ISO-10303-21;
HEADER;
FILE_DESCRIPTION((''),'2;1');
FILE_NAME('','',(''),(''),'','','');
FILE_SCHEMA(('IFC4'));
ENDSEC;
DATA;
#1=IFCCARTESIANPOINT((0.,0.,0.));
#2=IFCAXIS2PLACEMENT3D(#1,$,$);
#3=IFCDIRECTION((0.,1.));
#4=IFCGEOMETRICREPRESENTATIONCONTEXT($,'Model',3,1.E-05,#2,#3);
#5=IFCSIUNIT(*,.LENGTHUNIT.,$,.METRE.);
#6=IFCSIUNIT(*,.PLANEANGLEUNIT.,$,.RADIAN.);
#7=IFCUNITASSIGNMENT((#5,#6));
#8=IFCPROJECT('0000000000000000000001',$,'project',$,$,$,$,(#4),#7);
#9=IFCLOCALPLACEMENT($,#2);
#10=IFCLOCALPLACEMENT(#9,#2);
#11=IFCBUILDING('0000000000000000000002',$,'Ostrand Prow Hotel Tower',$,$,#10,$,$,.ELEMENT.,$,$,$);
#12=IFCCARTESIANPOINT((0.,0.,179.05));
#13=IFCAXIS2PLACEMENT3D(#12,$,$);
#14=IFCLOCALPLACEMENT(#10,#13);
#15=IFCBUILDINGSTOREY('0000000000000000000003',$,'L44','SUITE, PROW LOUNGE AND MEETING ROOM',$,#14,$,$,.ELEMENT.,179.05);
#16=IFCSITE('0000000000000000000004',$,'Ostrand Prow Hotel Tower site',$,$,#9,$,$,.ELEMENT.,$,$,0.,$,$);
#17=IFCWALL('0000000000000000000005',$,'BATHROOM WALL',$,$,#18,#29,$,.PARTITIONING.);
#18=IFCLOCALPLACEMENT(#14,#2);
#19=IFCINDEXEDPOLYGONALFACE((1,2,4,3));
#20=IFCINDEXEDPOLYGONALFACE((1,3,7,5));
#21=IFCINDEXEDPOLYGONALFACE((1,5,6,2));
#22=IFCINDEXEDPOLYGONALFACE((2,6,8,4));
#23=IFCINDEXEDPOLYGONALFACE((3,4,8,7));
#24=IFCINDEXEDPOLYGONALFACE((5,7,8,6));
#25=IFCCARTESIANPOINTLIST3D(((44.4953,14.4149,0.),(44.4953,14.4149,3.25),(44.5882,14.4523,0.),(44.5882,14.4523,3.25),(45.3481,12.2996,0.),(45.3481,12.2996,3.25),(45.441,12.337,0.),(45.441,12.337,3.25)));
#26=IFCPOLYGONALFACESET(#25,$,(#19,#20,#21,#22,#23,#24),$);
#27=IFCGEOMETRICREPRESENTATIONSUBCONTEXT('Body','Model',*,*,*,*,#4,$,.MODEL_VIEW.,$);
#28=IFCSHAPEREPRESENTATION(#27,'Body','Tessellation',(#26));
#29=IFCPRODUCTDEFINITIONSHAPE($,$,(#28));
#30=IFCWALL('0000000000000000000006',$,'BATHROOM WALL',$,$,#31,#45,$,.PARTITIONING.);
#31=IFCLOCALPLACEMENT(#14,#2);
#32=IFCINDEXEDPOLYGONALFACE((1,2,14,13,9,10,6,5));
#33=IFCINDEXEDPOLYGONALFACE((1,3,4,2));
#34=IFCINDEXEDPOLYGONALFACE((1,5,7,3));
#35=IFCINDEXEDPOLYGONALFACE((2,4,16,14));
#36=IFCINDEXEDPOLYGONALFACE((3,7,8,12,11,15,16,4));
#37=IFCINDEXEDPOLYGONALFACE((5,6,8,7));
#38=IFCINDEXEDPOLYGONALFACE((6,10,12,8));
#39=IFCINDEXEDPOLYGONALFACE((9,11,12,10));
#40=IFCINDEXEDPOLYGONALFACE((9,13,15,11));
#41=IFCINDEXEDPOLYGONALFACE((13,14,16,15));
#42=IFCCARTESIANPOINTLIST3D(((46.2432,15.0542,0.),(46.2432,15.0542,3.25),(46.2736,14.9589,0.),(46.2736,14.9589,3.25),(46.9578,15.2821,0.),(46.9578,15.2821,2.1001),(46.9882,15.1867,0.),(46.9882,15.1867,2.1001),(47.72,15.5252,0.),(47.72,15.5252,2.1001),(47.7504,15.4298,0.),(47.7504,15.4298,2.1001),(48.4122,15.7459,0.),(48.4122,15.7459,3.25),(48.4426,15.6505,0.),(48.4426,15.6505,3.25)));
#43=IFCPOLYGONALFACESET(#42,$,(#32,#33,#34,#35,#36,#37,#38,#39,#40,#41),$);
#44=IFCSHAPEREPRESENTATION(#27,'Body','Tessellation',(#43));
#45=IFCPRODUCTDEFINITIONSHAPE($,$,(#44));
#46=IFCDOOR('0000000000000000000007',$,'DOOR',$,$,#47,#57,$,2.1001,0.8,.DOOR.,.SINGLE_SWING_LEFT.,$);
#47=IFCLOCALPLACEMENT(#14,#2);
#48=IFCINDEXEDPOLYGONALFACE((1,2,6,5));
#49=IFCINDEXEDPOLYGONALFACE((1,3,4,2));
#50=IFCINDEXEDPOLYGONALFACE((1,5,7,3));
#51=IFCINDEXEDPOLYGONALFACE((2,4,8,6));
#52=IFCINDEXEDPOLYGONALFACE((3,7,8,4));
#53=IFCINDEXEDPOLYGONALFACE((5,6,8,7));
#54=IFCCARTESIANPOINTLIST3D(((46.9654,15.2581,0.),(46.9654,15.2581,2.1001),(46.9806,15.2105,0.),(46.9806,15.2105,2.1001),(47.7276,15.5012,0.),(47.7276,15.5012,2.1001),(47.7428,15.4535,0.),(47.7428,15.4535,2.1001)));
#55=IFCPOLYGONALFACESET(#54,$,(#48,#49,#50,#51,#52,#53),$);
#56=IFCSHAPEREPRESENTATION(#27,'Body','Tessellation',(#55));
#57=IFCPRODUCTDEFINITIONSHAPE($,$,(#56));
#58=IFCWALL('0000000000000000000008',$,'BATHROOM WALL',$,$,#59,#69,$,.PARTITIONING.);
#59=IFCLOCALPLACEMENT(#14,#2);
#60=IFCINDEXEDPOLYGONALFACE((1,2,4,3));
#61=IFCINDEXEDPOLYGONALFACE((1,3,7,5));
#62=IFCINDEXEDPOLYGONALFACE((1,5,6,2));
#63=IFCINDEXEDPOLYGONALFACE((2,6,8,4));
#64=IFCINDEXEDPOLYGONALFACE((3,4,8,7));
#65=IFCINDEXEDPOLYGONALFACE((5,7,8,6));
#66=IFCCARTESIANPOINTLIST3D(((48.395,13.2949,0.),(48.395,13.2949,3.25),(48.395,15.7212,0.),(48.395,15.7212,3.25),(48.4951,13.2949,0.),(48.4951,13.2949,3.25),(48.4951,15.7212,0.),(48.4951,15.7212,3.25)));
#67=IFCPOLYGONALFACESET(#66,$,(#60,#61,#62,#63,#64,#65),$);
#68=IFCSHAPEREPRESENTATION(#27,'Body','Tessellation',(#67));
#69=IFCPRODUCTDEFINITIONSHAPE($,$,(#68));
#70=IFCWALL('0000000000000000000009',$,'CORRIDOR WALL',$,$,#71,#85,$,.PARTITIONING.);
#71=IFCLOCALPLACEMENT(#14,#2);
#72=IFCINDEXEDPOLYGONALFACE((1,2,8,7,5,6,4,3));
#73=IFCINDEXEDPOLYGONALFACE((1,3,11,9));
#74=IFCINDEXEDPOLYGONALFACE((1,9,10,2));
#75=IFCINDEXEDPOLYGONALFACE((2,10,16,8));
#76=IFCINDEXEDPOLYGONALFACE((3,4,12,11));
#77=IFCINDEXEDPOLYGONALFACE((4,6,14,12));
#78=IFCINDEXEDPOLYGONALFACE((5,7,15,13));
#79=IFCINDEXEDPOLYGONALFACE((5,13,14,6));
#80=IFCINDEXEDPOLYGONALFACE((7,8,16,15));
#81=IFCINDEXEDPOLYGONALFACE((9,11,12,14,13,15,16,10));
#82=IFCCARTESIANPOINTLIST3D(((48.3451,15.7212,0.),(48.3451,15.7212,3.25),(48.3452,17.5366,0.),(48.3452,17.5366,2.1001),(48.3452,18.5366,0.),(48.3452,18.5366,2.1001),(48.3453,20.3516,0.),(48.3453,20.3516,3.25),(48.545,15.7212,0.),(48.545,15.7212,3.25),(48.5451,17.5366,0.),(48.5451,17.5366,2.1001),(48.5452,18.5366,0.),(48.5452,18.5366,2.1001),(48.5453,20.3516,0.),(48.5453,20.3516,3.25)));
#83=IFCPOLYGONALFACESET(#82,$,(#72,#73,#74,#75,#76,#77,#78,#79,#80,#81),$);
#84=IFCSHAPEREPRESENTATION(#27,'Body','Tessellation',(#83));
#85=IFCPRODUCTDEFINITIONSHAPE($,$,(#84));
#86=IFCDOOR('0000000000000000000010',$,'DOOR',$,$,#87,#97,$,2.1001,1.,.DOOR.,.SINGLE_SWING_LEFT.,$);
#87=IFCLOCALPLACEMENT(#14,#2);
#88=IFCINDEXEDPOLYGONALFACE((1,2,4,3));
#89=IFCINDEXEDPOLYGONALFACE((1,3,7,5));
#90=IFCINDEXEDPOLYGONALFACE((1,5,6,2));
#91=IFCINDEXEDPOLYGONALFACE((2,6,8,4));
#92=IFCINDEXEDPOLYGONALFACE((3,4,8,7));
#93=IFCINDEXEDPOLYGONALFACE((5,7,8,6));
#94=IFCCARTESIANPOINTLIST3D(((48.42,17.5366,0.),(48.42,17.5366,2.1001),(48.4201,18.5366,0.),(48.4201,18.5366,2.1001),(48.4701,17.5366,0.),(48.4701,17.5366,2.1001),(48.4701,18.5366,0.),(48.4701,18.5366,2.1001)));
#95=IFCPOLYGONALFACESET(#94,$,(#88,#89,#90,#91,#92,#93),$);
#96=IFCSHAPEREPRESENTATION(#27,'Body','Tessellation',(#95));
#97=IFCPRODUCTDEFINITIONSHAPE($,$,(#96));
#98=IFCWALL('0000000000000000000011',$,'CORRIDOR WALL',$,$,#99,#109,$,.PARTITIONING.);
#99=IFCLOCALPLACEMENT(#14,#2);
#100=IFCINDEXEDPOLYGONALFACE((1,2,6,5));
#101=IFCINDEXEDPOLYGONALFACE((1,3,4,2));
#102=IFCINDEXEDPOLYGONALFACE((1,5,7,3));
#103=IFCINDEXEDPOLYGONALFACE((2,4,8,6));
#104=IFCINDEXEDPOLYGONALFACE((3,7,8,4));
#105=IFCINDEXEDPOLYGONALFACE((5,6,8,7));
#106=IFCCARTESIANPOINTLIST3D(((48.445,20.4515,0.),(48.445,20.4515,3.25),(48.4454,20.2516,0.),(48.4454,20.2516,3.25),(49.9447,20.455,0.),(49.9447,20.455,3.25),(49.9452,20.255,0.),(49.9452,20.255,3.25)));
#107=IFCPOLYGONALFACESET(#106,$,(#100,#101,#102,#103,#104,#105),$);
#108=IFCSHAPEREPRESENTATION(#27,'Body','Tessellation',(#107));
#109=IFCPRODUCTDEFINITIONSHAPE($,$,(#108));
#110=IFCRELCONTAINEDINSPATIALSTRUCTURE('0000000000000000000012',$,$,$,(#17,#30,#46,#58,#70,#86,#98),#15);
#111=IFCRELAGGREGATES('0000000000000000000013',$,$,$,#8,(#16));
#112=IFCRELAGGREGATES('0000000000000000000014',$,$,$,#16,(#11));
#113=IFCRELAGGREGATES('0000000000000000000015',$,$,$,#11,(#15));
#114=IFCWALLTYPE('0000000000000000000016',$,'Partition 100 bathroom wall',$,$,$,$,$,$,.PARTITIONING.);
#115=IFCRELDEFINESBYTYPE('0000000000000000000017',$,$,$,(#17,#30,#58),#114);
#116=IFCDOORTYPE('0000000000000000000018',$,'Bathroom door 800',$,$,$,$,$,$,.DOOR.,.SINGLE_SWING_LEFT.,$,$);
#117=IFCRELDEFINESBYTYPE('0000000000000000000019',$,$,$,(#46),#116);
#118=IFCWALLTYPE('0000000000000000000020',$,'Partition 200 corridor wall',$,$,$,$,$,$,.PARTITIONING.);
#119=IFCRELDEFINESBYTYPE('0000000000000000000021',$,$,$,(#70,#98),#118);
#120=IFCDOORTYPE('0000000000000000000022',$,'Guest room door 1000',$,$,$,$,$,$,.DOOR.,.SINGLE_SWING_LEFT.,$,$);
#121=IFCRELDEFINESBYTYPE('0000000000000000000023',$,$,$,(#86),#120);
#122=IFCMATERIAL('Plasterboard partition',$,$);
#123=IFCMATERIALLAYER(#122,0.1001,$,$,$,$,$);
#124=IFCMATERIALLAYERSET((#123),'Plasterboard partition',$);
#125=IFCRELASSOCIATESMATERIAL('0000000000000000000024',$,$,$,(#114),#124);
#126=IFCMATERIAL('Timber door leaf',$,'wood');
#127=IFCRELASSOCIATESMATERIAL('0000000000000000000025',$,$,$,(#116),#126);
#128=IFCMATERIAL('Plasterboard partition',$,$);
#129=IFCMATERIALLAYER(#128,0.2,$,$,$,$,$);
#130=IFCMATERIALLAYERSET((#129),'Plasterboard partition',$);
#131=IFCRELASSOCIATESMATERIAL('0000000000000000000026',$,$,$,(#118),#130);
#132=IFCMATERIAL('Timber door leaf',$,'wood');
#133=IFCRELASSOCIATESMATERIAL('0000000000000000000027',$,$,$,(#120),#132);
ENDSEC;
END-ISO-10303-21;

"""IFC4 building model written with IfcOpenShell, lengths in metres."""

from ifc_helpers import new_model, si_unit, direction, frame, frame_2d, origin, place, context, subcontext, project, spatial, rectangle, extrude, material, layer, layer_set, type_object, element, fill, save


model = new_model("IFC4")

# Units and contexts
model_context = context("Model", 3, precision=1e-05, world=origin(), true_north=direction((0.0, 1.0)))
body_context = subcontext(model_context, "Body", "Model", "MODEL_VIEW")
ifc_project = project(units=[si_unit("LENGTHUNIT", "METRE"), si_unit("PLANEANGLEUNIT", "RADIAN")], contexts=[model_context])

# Site, building, storey
site_placement = place(None, origin())
site = spatial("IfcSite", under=ifc_project, at=site_placement, Name="Ostrand Prow Hotel Tower site", CompositionType="ELEMENT", RefElevation=0.0)
building_placement = place(site_placement, origin())
building = spatial("IfcBuilding", under=site, at=building_placement, Name="Ostrand Prow Hotel Tower", CompositionType="ELEMENT")
storey_placement = place(building_placement, frame((0.0, 0.0, 179.05)))
storey = spatial("IfcBuildingStorey", under=building, at=storey_placement, Name="L44", Description="SUITE, PROW LOUNGE AND MEETING ROOM", CompositionType="ELEMENT", Elevation=179.05)

# Wall
ifc_material_1 = material(Name="Plasterboard partition")
ifc_layer_1 = layer(ifc_material_1, 0.1001)
ifc_layer_set_1 = layer_set([ifc_layer_1], Name="Plasterboard partition")
wall_type_1 = type_object("IfcWallType", Name="Partition 100 bathroom wall", PredefinedType="PARTITIONING", material=ifc_layer_set_1)
wall_1_placement = place(storey_placement, frame((44.5417, 14.4336, 0.0), z_axis=(0.0, 0.0, 1.0), x_axis=(0.373918, -0.927462, 0.0)))
element("IfcWall", 1, at=wall_1_placement, inside=storey, type_object=wall_type_1, Name="BATHROOM WALL", PredefinedType="PARTITIONING", context=body_context, shape_type="SweptSolid", body=[
    extrude(rectangle(XDim=2.2808, YDim=0.1001, at=frame_2d((1.1404, 0.0))), origin(), (0.0, 0.0, 1.0), 3.25),
])

# Wall, opening, door
wall_2_placement = place(storey_placement, frame((46.2585, 15.0066, 0.0), z_axis=(0.0, 0.0, 1.0), x_axis=(0.952731, 0.303814, 0.0)))
wall_2 = element("IfcWall", 2, at=wall_2_placement, inside=storey, type_object=wall_type_1, Name="BATHROOM WALL", PredefinedType="PARTITIONING", context=body_context, shape_type="SweptSolid", body=[
    extrude(rectangle(XDim=2.2766, YDim=0.1001, at=frame_2d((1.1382, 0.0))), origin(), (0.0, 0.0, 1.0), 3.25),
])
opening_1_placement = place(wall_2_placement, frame((0.75, 0.0, 0.0)))
opening_1 = element("IfcOpeningElement", 3, at=opening_1_placement, cuts=wall_2, PredefinedType="OPENING", context=body_context, shape_type="SweptSolid", body=[
    extrude(rectangle(XDim=0.8, YDim=2.1001, at=frame_2d((0.3999, 1.05))), frame((0.0, 0.0601, 0.0), z_axis=(0.0, -1.0, 0.0), x_axis=(1.0, 0.0, 0.0)), (0.0, 0.0, 1.0), 0.1201),
])
ifc_material_2 = material(Name="Timber door leaf", Category="wood")
door_type_1 = type_object("IfcDoorType", Name="Bathroom door 800", OperationType="SINGLE_SWING_LEFT", PredefinedType="DOOR", material=ifc_material_2)
door_1_placement = place(opening_1_placement, origin())
door_1 = element("IfcDoor", 4, at=door_1_placement, inside=storey, type_object=door_type_1, Name="DOOR", OperationType="SINGLE_SWING_LEFT", OverallHeight=2.1001, OverallWidth=0.8, PredefinedType="DOOR", context=body_context, shape_type="SweptSolid", body=[
    extrude(rectangle(XDim=0.8, YDim=2.1001, at=frame_2d((0.3999, 1.05))), frame((0.0, 0.0249, 0.0), z_axis=(0.0, -1.0, 0.0), x_axis=(1.0, 0.0, 0.0)), (0.0, 0.0, 1.0), 0.05),
])
fill(opening_1, door_1)

# Wall
wall_3_placement = place(storey_placement, frame((48.4451, 15.7212, 0.0), z_axis=(0.0, 0.0, 1.0), x_axis=(0.0, -1.0, 0.0)))
element("IfcWall", 5, at=wall_3_placement, inside=storey, type_object=wall_type_1, Name="BATHROOM WALL", PredefinedType="PARTITIONING", context=body_context, shape_type="SweptSolid", body=[
    extrude(rectangle(XDim=2.4263, YDim=0.1001, at=frame_2d((1.2131, 0.0))), origin(), (0.0, 0.0, 1.0), 3.25),
])

# Wall, opening, door
ifc_material_3 = material(Name="Plasterboard partition")
ifc_layer_2 = layer(ifc_material_3, 0.2)
ifc_layer_set_2 = layer_set([ifc_layer_2], Name="Plasterboard partition")
wall_type_2 = type_object("IfcWallType", Name="Partition 200 corridor wall", PredefinedType="PARTITIONING", material=ifc_layer_set_2)
wall_4_placement = place(storey_placement, frame((48.4453, 20.3516, 0.0), z_axis=(0.0, 0.0, 1.0), x_axis=(-0.000053, -1.0, 0.0)))
wall_4 = element("IfcWall", 6, at=wall_4_placement, inside=storey, type_object=wall_type_2, Name="CORRIDOR WALL", PredefinedType="PARTITIONING", context=body_context, shape_type="SweptSolid", body=[
    extrude(rectangle(XDim=4.6304, YDim=0.2, at=frame_2d((2.3152, 0.0))), origin(), (0.0, 0.0, 1.0), 3.25),
])
opening_2_placement = place(wall_4_placement, frame((1.8149, 0.0, 0.0)))
opening_2 = element("IfcOpeningElement", 7, at=opening_2_placement, cuts=wall_4, PredefinedType="OPENING", context=body_context, shape_type="SweptSolid", body=[
    extrude(rectangle(XDim=1.0, YDim=2.1001, at=frame_2d((0.5, 1.05))), frame((0.0, 0.1099, 0.0), z_axis=(0.0, -1.0, 0.0), x_axis=(1.0, 0.0, 0.0)), (0.0, 0.0, 1.0), 0.22),
])
ifc_material_4 = material(Name="Timber door leaf", Category="wood")
door_type_2 = type_object("IfcDoorType", Name="Guest room door 1000", OperationType="SINGLE_SWING_LEFT", PredefinedType="DOOR", material=ifc_material_4)
door_2_placement = place(opening_2_placement, origin())
door_2 = element("IfcDoor", 8, at=door_2_placement, inside=storey, type_object=door_type_2, Name="DOOR", OperationType="SINGLE_SWING_LEFT", OverallHeight=2.1001, OverallWidth=1.0, PredefinedType="DOOR", context=body_context, shape_type="SweptSolid", body=[
    extrude(rectangle(XDim=1.0, YDim=2.1001, at=frame_2d((0.5, 1.05))), frame((0.0, 0.0249, 0.0), z_axis=(0.0, -1.0, 0.0), x_axis=(1.0, 0.0, 0.0)), (0.0, 0.0, 1.0), 0.05),
])
fill(opening_2, door_2)

# Wall
wall_5_placement = place(storey_placement, frame((49.9451, 20.355, 0.0), z_axis=(0.0, 0.0, 1.0), x_axis=(-0.999997, -0.002279, 0.0)))
element("IfcWall", 9, at=wall_5_placement, inside=storey, type_object=wall_type_2, Name="CORRIDOR WALL", PredefinedType="PARTITIONING", context=body_context, shape_type="SweptSolid", body=[
    extrude(rectangle(XDim=1.4998, YDim=0.2, at=frame_2d((0.75, 0.0))), origin(), (0.0, 0.0, 1.0), 3.25),
])

save(model, "model.ifc")
